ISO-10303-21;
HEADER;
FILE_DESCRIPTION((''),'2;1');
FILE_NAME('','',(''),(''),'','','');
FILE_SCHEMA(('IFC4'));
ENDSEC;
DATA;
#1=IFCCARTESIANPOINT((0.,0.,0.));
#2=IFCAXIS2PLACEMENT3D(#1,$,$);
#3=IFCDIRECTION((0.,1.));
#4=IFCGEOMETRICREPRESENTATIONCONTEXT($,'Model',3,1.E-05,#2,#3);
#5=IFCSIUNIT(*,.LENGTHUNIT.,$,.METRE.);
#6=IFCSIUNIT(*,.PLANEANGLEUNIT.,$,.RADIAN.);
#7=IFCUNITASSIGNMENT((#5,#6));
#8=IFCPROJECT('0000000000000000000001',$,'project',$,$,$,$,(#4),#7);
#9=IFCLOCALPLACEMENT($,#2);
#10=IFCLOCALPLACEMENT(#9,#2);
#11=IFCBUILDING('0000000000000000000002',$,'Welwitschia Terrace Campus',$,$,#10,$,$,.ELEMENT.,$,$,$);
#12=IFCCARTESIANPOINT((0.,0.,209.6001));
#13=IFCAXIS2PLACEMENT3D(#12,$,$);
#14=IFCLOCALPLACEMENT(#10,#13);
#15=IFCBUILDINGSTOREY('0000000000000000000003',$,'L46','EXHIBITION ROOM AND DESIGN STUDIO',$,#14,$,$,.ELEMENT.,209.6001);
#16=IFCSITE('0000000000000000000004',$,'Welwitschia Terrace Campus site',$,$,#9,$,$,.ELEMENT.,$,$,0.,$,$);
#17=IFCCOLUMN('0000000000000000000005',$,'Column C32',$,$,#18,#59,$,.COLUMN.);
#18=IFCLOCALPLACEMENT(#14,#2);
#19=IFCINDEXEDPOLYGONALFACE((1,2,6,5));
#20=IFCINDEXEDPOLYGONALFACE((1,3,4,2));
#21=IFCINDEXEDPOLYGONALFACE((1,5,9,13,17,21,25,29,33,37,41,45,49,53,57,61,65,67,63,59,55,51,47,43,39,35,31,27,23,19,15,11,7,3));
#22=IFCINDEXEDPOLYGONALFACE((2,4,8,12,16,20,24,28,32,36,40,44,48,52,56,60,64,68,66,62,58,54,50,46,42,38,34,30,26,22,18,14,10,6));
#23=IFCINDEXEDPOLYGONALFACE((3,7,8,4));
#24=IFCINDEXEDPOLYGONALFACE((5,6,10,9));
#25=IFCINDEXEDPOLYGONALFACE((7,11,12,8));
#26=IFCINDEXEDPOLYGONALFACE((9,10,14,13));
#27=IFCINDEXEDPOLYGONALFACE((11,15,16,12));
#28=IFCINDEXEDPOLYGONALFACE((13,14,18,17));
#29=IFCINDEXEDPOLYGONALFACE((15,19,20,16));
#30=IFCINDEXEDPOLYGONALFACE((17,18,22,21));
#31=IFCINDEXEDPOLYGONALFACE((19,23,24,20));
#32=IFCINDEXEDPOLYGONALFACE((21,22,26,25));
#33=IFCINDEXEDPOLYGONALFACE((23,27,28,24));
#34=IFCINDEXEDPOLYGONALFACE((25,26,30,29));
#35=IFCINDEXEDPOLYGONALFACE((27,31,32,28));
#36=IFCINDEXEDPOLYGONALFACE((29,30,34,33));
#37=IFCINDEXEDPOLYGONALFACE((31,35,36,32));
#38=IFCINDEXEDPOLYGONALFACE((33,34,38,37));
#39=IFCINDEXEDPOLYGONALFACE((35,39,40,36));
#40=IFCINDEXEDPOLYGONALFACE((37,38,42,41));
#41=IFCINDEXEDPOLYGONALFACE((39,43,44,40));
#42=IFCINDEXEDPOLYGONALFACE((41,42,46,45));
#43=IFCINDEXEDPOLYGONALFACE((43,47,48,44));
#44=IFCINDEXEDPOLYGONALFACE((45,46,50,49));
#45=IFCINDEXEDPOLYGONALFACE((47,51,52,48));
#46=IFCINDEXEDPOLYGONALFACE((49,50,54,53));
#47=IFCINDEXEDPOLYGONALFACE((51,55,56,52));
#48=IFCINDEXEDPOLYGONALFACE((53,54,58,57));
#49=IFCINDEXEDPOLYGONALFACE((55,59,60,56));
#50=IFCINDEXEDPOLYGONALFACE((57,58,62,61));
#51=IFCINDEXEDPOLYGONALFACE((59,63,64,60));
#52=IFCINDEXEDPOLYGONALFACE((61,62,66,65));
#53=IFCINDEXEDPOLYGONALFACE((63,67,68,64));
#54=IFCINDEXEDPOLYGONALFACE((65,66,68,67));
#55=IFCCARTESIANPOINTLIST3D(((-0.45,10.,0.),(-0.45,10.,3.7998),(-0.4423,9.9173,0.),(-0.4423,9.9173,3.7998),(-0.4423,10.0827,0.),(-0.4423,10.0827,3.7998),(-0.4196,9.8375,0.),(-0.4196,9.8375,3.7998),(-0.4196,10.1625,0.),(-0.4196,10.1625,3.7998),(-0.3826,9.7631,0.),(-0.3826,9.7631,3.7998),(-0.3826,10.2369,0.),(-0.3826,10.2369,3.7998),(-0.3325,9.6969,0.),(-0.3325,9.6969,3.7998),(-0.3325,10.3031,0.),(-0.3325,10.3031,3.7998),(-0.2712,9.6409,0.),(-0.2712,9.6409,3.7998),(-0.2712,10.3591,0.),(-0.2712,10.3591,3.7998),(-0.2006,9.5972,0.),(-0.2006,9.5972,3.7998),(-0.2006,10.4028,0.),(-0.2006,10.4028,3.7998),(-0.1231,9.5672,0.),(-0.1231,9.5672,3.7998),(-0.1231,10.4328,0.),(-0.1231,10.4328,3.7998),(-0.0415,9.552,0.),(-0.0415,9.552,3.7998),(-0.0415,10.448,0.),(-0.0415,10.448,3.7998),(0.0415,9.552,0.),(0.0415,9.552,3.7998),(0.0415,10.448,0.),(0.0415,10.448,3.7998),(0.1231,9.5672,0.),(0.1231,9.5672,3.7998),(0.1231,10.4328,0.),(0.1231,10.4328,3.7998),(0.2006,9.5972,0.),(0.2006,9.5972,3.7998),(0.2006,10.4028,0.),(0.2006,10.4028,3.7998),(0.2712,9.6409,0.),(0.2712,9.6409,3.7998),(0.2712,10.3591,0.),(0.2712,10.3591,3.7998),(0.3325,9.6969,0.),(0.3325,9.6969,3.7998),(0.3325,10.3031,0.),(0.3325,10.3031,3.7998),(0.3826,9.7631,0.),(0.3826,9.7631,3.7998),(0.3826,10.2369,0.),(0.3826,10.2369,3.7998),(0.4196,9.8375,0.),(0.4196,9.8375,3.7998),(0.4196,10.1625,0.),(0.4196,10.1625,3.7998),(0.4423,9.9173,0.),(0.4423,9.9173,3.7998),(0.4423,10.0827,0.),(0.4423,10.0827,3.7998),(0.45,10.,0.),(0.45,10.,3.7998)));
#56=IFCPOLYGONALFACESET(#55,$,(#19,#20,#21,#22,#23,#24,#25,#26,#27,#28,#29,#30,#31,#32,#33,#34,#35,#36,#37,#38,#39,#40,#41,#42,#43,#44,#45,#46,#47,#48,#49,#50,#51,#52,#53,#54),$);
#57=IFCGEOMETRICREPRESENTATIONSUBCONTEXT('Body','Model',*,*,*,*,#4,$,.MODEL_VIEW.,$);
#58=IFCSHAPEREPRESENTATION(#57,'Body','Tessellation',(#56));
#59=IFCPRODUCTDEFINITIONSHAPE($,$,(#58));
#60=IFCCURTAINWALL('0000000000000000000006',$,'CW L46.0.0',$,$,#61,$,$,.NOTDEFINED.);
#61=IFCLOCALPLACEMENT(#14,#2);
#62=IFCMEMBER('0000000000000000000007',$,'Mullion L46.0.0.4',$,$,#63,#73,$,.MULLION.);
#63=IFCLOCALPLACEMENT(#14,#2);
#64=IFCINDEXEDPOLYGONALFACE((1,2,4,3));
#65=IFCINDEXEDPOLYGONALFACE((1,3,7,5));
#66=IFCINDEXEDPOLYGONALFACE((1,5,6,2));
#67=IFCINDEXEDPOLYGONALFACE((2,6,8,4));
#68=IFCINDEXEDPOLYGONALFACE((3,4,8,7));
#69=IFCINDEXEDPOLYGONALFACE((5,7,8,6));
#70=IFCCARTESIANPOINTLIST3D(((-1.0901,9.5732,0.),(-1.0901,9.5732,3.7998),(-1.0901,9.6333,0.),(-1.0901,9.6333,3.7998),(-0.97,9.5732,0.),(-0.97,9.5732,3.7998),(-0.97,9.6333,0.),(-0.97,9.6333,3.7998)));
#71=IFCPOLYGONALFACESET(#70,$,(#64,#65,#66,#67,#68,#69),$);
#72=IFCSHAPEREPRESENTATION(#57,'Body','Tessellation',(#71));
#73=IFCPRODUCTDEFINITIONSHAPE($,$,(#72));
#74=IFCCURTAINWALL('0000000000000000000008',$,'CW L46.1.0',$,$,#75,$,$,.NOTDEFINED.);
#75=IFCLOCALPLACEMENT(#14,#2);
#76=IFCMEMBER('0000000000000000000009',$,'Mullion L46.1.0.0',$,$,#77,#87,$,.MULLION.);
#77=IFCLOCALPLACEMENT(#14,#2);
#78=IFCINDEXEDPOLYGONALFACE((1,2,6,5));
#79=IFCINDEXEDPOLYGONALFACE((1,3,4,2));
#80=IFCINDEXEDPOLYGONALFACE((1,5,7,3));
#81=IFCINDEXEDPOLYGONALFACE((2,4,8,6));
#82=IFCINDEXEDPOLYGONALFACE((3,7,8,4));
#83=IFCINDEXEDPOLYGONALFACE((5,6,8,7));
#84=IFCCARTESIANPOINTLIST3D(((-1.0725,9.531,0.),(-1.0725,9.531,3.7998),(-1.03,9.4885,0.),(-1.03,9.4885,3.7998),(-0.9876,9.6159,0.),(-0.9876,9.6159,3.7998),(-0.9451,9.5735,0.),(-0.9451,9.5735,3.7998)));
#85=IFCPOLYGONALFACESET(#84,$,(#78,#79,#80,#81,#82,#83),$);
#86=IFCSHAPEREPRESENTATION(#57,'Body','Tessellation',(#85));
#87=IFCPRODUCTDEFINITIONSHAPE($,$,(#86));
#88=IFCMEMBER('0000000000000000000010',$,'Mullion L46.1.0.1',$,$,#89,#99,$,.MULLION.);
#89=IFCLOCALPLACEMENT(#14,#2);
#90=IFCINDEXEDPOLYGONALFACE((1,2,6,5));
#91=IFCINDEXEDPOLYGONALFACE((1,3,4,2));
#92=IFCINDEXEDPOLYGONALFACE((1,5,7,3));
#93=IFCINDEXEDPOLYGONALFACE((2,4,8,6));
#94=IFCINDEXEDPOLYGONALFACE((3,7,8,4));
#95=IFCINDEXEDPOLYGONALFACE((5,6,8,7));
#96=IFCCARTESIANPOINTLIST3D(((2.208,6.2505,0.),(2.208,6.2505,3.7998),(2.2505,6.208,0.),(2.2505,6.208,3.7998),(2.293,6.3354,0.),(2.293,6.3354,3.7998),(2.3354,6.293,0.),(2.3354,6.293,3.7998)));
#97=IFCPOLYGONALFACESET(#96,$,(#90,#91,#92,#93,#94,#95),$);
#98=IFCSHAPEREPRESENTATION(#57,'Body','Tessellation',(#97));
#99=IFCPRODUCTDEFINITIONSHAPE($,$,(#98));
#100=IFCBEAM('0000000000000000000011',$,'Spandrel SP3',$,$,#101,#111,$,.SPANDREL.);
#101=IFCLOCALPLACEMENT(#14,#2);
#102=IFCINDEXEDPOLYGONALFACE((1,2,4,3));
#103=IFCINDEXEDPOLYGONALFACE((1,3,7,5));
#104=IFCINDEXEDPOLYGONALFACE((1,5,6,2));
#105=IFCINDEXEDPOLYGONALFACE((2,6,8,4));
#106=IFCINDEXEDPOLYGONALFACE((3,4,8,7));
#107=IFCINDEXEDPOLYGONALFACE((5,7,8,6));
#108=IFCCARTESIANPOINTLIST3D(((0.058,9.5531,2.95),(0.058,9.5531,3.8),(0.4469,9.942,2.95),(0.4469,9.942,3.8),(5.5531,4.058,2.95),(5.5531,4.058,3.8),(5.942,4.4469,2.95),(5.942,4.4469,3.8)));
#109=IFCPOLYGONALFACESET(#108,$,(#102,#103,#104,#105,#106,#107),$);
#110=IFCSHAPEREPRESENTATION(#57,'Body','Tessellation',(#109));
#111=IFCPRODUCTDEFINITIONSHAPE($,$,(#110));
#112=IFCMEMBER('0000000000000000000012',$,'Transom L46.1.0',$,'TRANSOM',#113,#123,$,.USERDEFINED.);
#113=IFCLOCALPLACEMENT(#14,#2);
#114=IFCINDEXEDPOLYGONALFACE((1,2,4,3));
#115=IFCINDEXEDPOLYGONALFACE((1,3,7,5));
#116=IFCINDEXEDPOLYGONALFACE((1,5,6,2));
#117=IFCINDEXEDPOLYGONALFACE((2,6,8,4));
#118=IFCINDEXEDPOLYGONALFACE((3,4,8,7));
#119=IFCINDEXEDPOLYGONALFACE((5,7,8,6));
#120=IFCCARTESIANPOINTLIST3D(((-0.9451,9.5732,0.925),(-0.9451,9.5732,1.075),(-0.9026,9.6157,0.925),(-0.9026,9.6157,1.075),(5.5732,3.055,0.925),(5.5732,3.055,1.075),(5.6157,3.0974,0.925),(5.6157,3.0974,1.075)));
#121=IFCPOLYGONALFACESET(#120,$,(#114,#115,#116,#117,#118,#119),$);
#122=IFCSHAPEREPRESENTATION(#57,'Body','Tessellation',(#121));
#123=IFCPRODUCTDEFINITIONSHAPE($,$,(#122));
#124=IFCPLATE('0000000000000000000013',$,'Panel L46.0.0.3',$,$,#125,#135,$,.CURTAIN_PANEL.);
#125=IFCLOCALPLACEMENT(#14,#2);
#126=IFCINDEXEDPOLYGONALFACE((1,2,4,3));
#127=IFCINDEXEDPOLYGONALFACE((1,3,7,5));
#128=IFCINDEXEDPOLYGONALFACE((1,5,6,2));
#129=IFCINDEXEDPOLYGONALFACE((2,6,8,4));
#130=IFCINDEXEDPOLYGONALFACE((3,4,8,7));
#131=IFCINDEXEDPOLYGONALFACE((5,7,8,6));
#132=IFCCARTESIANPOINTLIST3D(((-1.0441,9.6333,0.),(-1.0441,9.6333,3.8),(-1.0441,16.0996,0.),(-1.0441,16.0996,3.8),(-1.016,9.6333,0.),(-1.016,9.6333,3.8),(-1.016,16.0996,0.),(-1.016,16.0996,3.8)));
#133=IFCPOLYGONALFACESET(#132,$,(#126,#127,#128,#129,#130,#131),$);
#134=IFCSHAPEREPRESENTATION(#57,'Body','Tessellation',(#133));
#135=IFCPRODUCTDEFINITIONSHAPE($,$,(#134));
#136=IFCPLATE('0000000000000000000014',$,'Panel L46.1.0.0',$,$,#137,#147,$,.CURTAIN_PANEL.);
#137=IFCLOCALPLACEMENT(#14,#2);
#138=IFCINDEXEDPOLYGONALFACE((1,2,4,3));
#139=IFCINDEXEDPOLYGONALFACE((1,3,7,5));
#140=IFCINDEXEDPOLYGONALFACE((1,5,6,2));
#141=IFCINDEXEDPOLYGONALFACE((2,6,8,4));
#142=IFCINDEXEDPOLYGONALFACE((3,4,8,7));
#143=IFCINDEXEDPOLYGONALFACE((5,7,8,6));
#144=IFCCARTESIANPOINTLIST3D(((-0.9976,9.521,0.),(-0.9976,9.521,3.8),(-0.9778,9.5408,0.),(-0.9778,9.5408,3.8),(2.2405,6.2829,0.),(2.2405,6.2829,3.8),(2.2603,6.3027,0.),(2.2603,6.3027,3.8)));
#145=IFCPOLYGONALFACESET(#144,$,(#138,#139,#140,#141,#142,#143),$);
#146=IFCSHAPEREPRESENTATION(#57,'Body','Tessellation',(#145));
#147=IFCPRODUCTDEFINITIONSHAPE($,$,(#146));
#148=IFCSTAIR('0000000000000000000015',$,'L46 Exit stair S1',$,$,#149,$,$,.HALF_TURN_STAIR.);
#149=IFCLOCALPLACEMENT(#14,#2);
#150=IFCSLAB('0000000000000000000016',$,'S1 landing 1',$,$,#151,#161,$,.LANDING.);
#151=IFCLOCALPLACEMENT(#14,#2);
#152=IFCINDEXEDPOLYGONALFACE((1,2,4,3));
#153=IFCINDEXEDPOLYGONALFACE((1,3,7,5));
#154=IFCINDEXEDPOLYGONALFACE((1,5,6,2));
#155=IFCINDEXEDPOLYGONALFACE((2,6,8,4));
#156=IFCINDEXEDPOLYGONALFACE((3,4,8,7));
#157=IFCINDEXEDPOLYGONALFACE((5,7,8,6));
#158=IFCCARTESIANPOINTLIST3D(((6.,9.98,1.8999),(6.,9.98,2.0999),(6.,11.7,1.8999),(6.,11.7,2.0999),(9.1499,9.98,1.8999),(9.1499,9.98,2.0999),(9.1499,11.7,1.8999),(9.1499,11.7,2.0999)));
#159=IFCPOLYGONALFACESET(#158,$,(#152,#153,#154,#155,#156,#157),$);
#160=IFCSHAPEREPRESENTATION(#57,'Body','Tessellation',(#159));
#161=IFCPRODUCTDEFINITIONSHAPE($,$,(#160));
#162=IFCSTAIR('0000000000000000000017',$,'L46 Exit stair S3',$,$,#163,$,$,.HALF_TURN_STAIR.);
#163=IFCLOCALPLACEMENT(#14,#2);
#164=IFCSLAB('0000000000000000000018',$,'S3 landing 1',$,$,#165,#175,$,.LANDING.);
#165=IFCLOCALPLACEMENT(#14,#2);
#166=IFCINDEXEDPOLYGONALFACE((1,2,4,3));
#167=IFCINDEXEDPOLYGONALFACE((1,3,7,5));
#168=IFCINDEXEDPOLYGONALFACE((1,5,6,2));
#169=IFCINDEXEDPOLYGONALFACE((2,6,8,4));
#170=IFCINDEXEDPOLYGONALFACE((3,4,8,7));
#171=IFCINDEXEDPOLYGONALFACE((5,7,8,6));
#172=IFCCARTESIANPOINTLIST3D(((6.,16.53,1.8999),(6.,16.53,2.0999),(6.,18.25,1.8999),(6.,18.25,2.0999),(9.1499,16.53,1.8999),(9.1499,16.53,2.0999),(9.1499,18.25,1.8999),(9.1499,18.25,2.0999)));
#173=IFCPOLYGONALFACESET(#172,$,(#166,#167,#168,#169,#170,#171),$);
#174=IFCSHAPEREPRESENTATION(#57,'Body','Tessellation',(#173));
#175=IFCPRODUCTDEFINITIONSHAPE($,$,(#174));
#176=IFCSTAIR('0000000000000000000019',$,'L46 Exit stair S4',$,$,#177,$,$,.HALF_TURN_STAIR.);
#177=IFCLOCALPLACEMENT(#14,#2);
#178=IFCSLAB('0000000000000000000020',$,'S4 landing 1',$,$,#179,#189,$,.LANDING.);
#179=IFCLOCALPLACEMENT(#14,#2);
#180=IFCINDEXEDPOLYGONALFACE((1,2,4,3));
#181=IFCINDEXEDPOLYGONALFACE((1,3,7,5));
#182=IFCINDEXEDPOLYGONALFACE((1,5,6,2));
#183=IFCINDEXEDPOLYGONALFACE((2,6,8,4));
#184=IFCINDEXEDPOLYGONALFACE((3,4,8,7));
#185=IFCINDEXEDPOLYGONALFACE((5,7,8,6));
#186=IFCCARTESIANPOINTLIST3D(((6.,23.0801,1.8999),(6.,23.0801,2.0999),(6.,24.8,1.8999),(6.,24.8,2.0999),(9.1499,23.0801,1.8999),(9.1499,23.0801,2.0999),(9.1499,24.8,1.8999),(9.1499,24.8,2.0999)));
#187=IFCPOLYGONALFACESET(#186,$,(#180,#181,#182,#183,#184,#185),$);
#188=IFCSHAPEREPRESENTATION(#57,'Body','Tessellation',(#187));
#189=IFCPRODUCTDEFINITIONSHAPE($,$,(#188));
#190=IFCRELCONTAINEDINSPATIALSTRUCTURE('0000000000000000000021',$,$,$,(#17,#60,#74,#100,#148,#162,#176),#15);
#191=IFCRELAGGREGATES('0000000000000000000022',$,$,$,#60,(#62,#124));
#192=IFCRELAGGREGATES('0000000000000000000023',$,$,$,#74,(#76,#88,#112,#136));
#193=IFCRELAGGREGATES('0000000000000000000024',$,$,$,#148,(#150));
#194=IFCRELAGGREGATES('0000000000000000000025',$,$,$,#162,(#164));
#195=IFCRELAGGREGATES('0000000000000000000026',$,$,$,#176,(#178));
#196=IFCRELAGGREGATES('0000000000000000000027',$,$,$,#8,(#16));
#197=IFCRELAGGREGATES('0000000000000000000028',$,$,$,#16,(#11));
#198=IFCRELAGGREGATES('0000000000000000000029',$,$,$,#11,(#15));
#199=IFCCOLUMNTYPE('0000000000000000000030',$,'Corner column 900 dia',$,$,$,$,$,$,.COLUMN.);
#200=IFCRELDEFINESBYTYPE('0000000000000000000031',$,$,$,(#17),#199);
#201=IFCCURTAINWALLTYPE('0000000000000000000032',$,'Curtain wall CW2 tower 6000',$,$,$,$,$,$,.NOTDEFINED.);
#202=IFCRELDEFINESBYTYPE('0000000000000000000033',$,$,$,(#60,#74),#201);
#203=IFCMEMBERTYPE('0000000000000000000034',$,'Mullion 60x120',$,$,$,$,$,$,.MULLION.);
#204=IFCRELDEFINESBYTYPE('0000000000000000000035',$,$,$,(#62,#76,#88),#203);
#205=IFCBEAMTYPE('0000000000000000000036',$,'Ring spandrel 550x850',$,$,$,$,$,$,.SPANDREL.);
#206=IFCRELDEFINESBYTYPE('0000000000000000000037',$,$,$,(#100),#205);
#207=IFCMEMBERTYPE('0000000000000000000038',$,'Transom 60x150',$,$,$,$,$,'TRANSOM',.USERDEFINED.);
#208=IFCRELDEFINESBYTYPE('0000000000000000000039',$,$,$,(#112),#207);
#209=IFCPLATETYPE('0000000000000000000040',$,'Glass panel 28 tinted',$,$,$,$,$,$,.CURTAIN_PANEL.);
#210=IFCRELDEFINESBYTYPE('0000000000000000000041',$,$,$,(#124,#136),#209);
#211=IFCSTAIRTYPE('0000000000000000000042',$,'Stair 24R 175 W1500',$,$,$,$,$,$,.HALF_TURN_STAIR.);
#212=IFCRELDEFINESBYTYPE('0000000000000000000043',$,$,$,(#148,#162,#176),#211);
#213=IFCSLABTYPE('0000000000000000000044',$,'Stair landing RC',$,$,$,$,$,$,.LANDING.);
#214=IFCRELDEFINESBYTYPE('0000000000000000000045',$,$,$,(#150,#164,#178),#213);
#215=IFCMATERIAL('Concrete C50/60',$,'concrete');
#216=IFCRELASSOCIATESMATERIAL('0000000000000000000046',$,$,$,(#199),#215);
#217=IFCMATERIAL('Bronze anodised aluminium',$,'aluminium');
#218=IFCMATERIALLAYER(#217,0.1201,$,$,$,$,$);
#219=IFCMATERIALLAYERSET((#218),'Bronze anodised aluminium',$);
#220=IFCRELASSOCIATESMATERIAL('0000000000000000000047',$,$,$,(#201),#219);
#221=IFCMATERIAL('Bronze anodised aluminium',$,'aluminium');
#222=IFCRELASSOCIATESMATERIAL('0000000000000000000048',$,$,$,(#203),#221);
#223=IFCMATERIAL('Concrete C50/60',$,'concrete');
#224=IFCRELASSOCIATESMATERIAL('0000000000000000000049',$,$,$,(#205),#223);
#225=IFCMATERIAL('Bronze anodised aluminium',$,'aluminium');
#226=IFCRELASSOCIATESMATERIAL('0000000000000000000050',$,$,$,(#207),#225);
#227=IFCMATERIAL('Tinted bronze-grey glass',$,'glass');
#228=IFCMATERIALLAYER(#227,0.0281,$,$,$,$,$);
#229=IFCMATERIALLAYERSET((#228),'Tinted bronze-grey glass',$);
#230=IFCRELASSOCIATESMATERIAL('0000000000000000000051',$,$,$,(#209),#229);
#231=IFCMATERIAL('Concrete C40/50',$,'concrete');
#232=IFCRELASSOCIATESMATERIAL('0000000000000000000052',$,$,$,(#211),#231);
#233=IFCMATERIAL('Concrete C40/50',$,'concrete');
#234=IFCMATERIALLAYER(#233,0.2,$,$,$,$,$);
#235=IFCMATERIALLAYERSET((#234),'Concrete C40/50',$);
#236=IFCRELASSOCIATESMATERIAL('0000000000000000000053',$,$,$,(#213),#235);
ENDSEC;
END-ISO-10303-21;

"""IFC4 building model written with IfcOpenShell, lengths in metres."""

from ifc_helpers import new_model, si_unit, direction, frame, origin, origin_2d, place, context, subcontext, project, spatial, polyline, rectangle, circle, outline, extrude, material, layer, layer_set, material_profile, profile_set, type_object, element, aggregate, save


model = new_model("IFC4")

# Units and contexts
model_context = context("Model", 3, precision=1e-05, world=origin(), true_north=direction((0.0, 1.0)))
body_context = subcontext(model_context, "Body", "Model", "MODEL_VIEW")
ifc_project = project(units=[si_unit("LENGTHUNIT", "METRE"), si_unit("PLANEANGLEUNIT", "RADIAN")], contexts=[model_context])

# Site, building, storey
site_placement = place(None, origin())
site = spatial("IfcSite", under=ifc_project, at=site_placement, Name="Welwitschia Terrace Campus site", CompositionType="ELEMENT", RefElevation=0.0)
building_placement = place(site_placement, origin())
building = spatial("IfcBuilding", under=site, at=building_placement, Name="Welwitschia Terrace Campus", CompositionType="ELEMENT")
storey_placement = place(building_placement, frame((0.0, 0.0, 209.6001)))
storey = spatial("IfcBuildingStorey", under=building, at=storey_placement, Name="L46", Description="EXHIBITION ROOM AND DESIGN STUDIO", CompositionType="ELEMENT", Elevation=209.6001)

# Column
ifc_material_1 = material(Name="Concrete C50/60", Category="concrete")
ifc_material_profile_1 = material_profile(ifc_material_1, circle(Radius=0.45, at=origin_2d()))
ifc_profile_set_1 = profile_set([ifc_material_profile_1], Name="Concrete C50/60")
column_type = type_object("IfcColumnType", Name="Corner column 900 dia", PredefinedType="COLUMN", material=ifc_profile_set_1)
column_placement = place(storey_placement, frame((0.0, 10.0, 0.0), z_axis=(0.0, 0.0, 1.0), x_axis=(1.0, 0.0, 0.0)))
element("IfcColumn", 1, at=column_placement, inside=storey, type_object=column_type, Name="Column C32", PredefinedType="COLUMN", context=body_context, shape_type="SweptSolid", body=[
    extrude(circle(Radius=0.45, at=origin_2d()), origin(), (0.0, 0.0, 1.0), 3.7998),
])

# Curtain wall, member
ifc_material_2 = material(Name="Bronze anodised aluminium", Category="aluminium")
ifc_layer_1 = layer(ifc_material_2, 0.1201)
ifc_layer_set_1 = layer_set([ifc_layer_1], Name="Bronze anodised aluminium")
curtain_wall_type = type_object("IfcCurtainWallType", Name="Curtain wall CW2 tower 6000", PredefinedType="NOTDEFINED", material=ifc_layer_set_1)
curtain_wall_1_placement = place(storey_placement, origin())
curtain_wall_1 = element("IfcCurtainWall", 2, at=curtain_wall_1_placement, inside=storey, type_object=curtain_wall_type, Name="CW L46.0.0", PredefinedType="NOTDEFINED")
ifc_material_3 = material(Name="Bronze anodised aluminium", Category="aluminium")
ifc_material_profile_2 = material_profile(ifc_material_3, rectangle(XDim=0.1201, YDim=0.0601, at=origin_2d()))
ifc_profile_set_2 = profile_set([ifc_material_profile_2], Name="Bronze anodised aluminium")
member_type_1 = type_object("IfcMemberType", Name="Mullion 60x120", PredefinedType="MULLION", material=ifc_profile_set_2)
member_1_placement = place(storey_placement, frame((-1.03, 9.6033, 0.0), z_axis=(0.0, 0.0, 1.0), x_axis=(1.0, 0.0, 0.0)))
member_1 = element("IfcMember", 3, at=member_1_placement, type_object=member_type_1, Name="Mullion L46.0.0.4", PredefinedType="MULLION", context=body_context, shape_type="SweptSolid", body=[
    extrude(rectangle(XDim=0.1201, YDim=0.0601, at=origin_2d()), origin(), (0.0, 0.0, 1.0), 3.7998),
])

# Curtain wall, members
curtain_wall_2_placement = place(storey_placement, origin())
curtain_wall_2 = element("IfcCurtainWall", 4, at=curtain_wall_2_placement, inside=storey, type_object=curtain_wall_type, Name="CW L46.1.0", PredefinedType="NOTDEFINED")
member_2_placement = place(storey_placement, frame((-1.0088, 9.5522, 0.0), z_axis=(0.0, 0.0, 1.0), x_axis=(0.707107, 0.707107, 0.0)))
member_2 = element("IfcMember", 5, at=member_2_placement, type_object=member_type_1, Name="Mullion L46.1.0.0", PredefinedType="MULLION", context=body_context, shape_type="SweptSolid", body=[
    extrude(rectangle(XDim=0.1201, YDim=0.0601, at=origin_2d()), origin(), (0.0, 0.0, 1.0), 3.7998),
])
member_3_placement = place(storey_placement, frame((2.2717, 6.2717, 0.0), z_axis=(0.0, 0.0, 1.0), x_axis=(0.707107, 0.707107, 0.0)))
member_3 = element("IfcMember", 6, at=member_3_placement, type_object=member_type_1, Name="Mullion L46.1.0.1", PredefinedType="MULLION", context=body_context, shape_type="SweptSolid", body=[
    extrude(rectangle(XDim=0.1201, YDim=0.0601, at=origin_2d()), origin(), (0.0, 0.0, 1.0), 3.7998),
])

# Beam
ifc_material_4 = material(Name="Concrete C50/60", Category="concrete")
ifc_material_profile_3 = material_profile(ifc_material_4, rectangle(XDim=0.55, YDim=0.8501, at=origin_2d()))
ifc_profile_set_3 = profile_set([ifc_material_profile_3], Name="Concrete C50/60")
beam_type = type_object("IfcBeamType", Name="Ring spandrel 550x850", PredefinedType="SPANDREL", material=ifc_profile_set_3)
beam_placement = place(storey_placement, frame((0.2524, 9.7476, 3.375), z_axis=(0.707107, -0.707107, 0.0), x_axis=(0.707107, 0.707107, 0.0)))
element("IfcBeam", 7, at=beam_placement, inside=storey, type_object=beam_type, Name="Spandrel SP3", PredefinedType="SPANDREL", context=body_context, shape_type="SweptSolid", body=[
    extrude(rectangle(XDim=0.55, YDim=0.8501, at=origin_2d()), origin(), (0.0, 0.0, 1.0), 7.7712),
])

# Member
ifc_material_5 = material(Name="Bronze anodised aluminium", Category="aluminium")
ifc_material_profile_4 = material_profile(ifc_material_5, rectangle(XDim=0.0601, YDim=0.1499, at=origin_2d()))
ifc_profile_set_4 = profile_set([ifc_material_profile_4], Name="Bronze anodised aluminium")
member_type_2 = type_object("IfcMemberType", Name="Transom 60x150", ElementType="TRANSOM", PredefinedType="USERDEFINED", material=ifc_profile_set_4)
member_4_placement = place(storey_placement, frame((-0.9238, 9.5945, 1.0), z_axis=(0.707107, -0.707107, 0.0), x_axis=(0.707107, 0.707107, 0.0)))
member_4 = element("IfcMember", 8, at=member_4_placement, type_object=member_type_2, Name="Transom L46.1.0", ObjectType="TRANSOM", PredefinedType="USERDEFINED", context=body_context, shape_type="SweptSolid", body=[
    extrude(rectangle(XDim=0.0601, YDim=0.1499, at=origin_2d()), origin(), (0.0, 0.0, 1.0), 9.2183),
])

# Plates
ifc_material_6 = material(Name="Tinted bronze-grey glass", Category="glass")
ifc_layer_2 = layer(ifc_material_6, 0.0281)
ifc_layer_set_2 = layer_set([ifc_layer_2], Name="Tinted bronze-grey glass")
plate_type = type_object("IfcPlateType", Name="Glass panel 28 tinted", PredefinedType="CURTAIN_PANEL", material=ifc_layer_set_2)
plate_1_placement = place(storey_placement, frame((-1.03, 12.8665, 0.0), z_axis=(0.0, 0.0, 1.0), x_axis=(0.0, -1.0, 0.0)))
plate_1 = element("IfcPlate", 9, at=plate_1_placement, type_object=plate_type, Name="Panel L46.0.0.3", PredefinedType="CURTAIN_PANEL", context=body_context, shape_type="SweptSolid", body=[
    extrude(rectangle(XDim=6.4663, YDim=0.0281, at=origin_2d()), origin(), (0.0, 0.0, 1.0), 3.8),
])
aggregate(curtain_wall_1, [member_1, plate_1])
plate_2_placement = place(storey_placement, frame((0.6313, 7.9119, 0.0), z_axis=(0.0, 0.0, 1.0), x_axis=(0.707107, -0.707107, 0.0)))
plate_2 = element("IfcPlate", 10, at=plate_2_placement, type_object=plate_type, Name="Panel L46.1.0.0", PredefinedType="CURTAIN_PANEL", context=body_context, shape_type="SweptSolid", body=[
    extrude(rectangle(XDim=4.5793, YDim=0.0281, at=origin_2d()), origin(), (0.0, 0.0, 1.0), 3.8),
])
aggregate(curtain_wall_2, [member_2, member_3, member_4, plate_2])

# Stairs, slabs
ifc_material_7 = material(Name="Concrete C40/50", Category="concrete")
stair_type = type_object("IfcStairType", Name="Stair 24R 175 W1500", PredefinedType="HALF_TURN_STAIR", material=ifc_material_7)
stair_1_placement = place(storey_placement, origin())
stair_1 = element("IfcStair", 11, at=stair_1_placement, inside=storey, type_object=stair_type, Name="L46 Exit stair S1", PredefinedType="HALF_TURN_STAIR")
ifc_material_8 = material(Name="Concrete C40/50", Category="concrete")
ifc_layer_3 = layer(ifc_material_8, 0.2)
ifc_layer_set_3 = layer_set([ifc_layer_3], Name="Concrete C40/50")
slab_type_1 = type_object("IfcSlabType", Name="Stair landing RC", PredefinedType="LANDING", material=ifc_layer_set_3)
slab_1_placement = place(storey_placement, frame((0.0, 0.0, 1.8999)))
slab_1 = element("IfcSlab", 12, at=slab_1_placement, type_object=slab_type_1, Name="S1 landing 1", PredefinedType="LANDING", context=body_context, shape_type="SweptSolid", body=[
    extrude(outline(polyline([(9.1499, 9.98), (9.1499, 11.7), (6.0, 11.7), (6.0, 9.98), (9.1499, 9.98)])), origin(), (0.0, 0.0, 1.0), 0.2),
])
aggregate(stair_1, [slab_1])
stair_2_placement = place(storey_placement, origin())
stair_2 = element("IfcStair", 13, at=stair_2_placement, inside=storey, type_object=stair_type, Name="L46 Exit stair S3", PredefinedType="HALF_TURN_STAIR")
slab_2_placement = place(storey_placement, frame((0.0, 0.0, 1.8999)))
slab_2 = element("IfcSlab", 14, at=slab_2_placement, type_object=slab_type_1, Name="S3 landing 1", PredefinedType="LANDING", context=body_context, shape_type="SweptSolid", body=[
    extrude(outline(polyline([(9.1499, 16.53), (9.1499, 18.25), (6.0, 18.25), (6.0, 16.53), (9.1499, 16.53)])), origin(), (0.0, 0.0, 1.0), 0.2),
])
aggregate(stair_2, [slab_2])
stair_3_placement = place(storey_placement, origin())
stair_3 = element("IfcStair", 15, at=stair_3_placement, inside=storey, type_object=stair_type, Name="L46 Exit stair S4", PredefinedType="HALF_TURN_STAIR")
slab_3_placement = place(storey_placement, frame((0.0, 0.0, 1.8999)))
slab_3 = element("IfcSlab", 16, at=slab_3_placement, type_object=slab_type_1, Name="S4 landing 1", PredefinedType="LANDING", context=body_context, shape_type="SweptSolid", body=[
    extrude(outline(polyline([(9.1499, 23.0801), (9.1499, 24.8), (6.0, 24.8), (6.0, 23.0801), (9.1499, 23.0801)])), origin(), (0.0, 0.0, 1.0), 0.2),
])
aggregate(stair_3, [slab_3])

save(model, "model.ifc")
